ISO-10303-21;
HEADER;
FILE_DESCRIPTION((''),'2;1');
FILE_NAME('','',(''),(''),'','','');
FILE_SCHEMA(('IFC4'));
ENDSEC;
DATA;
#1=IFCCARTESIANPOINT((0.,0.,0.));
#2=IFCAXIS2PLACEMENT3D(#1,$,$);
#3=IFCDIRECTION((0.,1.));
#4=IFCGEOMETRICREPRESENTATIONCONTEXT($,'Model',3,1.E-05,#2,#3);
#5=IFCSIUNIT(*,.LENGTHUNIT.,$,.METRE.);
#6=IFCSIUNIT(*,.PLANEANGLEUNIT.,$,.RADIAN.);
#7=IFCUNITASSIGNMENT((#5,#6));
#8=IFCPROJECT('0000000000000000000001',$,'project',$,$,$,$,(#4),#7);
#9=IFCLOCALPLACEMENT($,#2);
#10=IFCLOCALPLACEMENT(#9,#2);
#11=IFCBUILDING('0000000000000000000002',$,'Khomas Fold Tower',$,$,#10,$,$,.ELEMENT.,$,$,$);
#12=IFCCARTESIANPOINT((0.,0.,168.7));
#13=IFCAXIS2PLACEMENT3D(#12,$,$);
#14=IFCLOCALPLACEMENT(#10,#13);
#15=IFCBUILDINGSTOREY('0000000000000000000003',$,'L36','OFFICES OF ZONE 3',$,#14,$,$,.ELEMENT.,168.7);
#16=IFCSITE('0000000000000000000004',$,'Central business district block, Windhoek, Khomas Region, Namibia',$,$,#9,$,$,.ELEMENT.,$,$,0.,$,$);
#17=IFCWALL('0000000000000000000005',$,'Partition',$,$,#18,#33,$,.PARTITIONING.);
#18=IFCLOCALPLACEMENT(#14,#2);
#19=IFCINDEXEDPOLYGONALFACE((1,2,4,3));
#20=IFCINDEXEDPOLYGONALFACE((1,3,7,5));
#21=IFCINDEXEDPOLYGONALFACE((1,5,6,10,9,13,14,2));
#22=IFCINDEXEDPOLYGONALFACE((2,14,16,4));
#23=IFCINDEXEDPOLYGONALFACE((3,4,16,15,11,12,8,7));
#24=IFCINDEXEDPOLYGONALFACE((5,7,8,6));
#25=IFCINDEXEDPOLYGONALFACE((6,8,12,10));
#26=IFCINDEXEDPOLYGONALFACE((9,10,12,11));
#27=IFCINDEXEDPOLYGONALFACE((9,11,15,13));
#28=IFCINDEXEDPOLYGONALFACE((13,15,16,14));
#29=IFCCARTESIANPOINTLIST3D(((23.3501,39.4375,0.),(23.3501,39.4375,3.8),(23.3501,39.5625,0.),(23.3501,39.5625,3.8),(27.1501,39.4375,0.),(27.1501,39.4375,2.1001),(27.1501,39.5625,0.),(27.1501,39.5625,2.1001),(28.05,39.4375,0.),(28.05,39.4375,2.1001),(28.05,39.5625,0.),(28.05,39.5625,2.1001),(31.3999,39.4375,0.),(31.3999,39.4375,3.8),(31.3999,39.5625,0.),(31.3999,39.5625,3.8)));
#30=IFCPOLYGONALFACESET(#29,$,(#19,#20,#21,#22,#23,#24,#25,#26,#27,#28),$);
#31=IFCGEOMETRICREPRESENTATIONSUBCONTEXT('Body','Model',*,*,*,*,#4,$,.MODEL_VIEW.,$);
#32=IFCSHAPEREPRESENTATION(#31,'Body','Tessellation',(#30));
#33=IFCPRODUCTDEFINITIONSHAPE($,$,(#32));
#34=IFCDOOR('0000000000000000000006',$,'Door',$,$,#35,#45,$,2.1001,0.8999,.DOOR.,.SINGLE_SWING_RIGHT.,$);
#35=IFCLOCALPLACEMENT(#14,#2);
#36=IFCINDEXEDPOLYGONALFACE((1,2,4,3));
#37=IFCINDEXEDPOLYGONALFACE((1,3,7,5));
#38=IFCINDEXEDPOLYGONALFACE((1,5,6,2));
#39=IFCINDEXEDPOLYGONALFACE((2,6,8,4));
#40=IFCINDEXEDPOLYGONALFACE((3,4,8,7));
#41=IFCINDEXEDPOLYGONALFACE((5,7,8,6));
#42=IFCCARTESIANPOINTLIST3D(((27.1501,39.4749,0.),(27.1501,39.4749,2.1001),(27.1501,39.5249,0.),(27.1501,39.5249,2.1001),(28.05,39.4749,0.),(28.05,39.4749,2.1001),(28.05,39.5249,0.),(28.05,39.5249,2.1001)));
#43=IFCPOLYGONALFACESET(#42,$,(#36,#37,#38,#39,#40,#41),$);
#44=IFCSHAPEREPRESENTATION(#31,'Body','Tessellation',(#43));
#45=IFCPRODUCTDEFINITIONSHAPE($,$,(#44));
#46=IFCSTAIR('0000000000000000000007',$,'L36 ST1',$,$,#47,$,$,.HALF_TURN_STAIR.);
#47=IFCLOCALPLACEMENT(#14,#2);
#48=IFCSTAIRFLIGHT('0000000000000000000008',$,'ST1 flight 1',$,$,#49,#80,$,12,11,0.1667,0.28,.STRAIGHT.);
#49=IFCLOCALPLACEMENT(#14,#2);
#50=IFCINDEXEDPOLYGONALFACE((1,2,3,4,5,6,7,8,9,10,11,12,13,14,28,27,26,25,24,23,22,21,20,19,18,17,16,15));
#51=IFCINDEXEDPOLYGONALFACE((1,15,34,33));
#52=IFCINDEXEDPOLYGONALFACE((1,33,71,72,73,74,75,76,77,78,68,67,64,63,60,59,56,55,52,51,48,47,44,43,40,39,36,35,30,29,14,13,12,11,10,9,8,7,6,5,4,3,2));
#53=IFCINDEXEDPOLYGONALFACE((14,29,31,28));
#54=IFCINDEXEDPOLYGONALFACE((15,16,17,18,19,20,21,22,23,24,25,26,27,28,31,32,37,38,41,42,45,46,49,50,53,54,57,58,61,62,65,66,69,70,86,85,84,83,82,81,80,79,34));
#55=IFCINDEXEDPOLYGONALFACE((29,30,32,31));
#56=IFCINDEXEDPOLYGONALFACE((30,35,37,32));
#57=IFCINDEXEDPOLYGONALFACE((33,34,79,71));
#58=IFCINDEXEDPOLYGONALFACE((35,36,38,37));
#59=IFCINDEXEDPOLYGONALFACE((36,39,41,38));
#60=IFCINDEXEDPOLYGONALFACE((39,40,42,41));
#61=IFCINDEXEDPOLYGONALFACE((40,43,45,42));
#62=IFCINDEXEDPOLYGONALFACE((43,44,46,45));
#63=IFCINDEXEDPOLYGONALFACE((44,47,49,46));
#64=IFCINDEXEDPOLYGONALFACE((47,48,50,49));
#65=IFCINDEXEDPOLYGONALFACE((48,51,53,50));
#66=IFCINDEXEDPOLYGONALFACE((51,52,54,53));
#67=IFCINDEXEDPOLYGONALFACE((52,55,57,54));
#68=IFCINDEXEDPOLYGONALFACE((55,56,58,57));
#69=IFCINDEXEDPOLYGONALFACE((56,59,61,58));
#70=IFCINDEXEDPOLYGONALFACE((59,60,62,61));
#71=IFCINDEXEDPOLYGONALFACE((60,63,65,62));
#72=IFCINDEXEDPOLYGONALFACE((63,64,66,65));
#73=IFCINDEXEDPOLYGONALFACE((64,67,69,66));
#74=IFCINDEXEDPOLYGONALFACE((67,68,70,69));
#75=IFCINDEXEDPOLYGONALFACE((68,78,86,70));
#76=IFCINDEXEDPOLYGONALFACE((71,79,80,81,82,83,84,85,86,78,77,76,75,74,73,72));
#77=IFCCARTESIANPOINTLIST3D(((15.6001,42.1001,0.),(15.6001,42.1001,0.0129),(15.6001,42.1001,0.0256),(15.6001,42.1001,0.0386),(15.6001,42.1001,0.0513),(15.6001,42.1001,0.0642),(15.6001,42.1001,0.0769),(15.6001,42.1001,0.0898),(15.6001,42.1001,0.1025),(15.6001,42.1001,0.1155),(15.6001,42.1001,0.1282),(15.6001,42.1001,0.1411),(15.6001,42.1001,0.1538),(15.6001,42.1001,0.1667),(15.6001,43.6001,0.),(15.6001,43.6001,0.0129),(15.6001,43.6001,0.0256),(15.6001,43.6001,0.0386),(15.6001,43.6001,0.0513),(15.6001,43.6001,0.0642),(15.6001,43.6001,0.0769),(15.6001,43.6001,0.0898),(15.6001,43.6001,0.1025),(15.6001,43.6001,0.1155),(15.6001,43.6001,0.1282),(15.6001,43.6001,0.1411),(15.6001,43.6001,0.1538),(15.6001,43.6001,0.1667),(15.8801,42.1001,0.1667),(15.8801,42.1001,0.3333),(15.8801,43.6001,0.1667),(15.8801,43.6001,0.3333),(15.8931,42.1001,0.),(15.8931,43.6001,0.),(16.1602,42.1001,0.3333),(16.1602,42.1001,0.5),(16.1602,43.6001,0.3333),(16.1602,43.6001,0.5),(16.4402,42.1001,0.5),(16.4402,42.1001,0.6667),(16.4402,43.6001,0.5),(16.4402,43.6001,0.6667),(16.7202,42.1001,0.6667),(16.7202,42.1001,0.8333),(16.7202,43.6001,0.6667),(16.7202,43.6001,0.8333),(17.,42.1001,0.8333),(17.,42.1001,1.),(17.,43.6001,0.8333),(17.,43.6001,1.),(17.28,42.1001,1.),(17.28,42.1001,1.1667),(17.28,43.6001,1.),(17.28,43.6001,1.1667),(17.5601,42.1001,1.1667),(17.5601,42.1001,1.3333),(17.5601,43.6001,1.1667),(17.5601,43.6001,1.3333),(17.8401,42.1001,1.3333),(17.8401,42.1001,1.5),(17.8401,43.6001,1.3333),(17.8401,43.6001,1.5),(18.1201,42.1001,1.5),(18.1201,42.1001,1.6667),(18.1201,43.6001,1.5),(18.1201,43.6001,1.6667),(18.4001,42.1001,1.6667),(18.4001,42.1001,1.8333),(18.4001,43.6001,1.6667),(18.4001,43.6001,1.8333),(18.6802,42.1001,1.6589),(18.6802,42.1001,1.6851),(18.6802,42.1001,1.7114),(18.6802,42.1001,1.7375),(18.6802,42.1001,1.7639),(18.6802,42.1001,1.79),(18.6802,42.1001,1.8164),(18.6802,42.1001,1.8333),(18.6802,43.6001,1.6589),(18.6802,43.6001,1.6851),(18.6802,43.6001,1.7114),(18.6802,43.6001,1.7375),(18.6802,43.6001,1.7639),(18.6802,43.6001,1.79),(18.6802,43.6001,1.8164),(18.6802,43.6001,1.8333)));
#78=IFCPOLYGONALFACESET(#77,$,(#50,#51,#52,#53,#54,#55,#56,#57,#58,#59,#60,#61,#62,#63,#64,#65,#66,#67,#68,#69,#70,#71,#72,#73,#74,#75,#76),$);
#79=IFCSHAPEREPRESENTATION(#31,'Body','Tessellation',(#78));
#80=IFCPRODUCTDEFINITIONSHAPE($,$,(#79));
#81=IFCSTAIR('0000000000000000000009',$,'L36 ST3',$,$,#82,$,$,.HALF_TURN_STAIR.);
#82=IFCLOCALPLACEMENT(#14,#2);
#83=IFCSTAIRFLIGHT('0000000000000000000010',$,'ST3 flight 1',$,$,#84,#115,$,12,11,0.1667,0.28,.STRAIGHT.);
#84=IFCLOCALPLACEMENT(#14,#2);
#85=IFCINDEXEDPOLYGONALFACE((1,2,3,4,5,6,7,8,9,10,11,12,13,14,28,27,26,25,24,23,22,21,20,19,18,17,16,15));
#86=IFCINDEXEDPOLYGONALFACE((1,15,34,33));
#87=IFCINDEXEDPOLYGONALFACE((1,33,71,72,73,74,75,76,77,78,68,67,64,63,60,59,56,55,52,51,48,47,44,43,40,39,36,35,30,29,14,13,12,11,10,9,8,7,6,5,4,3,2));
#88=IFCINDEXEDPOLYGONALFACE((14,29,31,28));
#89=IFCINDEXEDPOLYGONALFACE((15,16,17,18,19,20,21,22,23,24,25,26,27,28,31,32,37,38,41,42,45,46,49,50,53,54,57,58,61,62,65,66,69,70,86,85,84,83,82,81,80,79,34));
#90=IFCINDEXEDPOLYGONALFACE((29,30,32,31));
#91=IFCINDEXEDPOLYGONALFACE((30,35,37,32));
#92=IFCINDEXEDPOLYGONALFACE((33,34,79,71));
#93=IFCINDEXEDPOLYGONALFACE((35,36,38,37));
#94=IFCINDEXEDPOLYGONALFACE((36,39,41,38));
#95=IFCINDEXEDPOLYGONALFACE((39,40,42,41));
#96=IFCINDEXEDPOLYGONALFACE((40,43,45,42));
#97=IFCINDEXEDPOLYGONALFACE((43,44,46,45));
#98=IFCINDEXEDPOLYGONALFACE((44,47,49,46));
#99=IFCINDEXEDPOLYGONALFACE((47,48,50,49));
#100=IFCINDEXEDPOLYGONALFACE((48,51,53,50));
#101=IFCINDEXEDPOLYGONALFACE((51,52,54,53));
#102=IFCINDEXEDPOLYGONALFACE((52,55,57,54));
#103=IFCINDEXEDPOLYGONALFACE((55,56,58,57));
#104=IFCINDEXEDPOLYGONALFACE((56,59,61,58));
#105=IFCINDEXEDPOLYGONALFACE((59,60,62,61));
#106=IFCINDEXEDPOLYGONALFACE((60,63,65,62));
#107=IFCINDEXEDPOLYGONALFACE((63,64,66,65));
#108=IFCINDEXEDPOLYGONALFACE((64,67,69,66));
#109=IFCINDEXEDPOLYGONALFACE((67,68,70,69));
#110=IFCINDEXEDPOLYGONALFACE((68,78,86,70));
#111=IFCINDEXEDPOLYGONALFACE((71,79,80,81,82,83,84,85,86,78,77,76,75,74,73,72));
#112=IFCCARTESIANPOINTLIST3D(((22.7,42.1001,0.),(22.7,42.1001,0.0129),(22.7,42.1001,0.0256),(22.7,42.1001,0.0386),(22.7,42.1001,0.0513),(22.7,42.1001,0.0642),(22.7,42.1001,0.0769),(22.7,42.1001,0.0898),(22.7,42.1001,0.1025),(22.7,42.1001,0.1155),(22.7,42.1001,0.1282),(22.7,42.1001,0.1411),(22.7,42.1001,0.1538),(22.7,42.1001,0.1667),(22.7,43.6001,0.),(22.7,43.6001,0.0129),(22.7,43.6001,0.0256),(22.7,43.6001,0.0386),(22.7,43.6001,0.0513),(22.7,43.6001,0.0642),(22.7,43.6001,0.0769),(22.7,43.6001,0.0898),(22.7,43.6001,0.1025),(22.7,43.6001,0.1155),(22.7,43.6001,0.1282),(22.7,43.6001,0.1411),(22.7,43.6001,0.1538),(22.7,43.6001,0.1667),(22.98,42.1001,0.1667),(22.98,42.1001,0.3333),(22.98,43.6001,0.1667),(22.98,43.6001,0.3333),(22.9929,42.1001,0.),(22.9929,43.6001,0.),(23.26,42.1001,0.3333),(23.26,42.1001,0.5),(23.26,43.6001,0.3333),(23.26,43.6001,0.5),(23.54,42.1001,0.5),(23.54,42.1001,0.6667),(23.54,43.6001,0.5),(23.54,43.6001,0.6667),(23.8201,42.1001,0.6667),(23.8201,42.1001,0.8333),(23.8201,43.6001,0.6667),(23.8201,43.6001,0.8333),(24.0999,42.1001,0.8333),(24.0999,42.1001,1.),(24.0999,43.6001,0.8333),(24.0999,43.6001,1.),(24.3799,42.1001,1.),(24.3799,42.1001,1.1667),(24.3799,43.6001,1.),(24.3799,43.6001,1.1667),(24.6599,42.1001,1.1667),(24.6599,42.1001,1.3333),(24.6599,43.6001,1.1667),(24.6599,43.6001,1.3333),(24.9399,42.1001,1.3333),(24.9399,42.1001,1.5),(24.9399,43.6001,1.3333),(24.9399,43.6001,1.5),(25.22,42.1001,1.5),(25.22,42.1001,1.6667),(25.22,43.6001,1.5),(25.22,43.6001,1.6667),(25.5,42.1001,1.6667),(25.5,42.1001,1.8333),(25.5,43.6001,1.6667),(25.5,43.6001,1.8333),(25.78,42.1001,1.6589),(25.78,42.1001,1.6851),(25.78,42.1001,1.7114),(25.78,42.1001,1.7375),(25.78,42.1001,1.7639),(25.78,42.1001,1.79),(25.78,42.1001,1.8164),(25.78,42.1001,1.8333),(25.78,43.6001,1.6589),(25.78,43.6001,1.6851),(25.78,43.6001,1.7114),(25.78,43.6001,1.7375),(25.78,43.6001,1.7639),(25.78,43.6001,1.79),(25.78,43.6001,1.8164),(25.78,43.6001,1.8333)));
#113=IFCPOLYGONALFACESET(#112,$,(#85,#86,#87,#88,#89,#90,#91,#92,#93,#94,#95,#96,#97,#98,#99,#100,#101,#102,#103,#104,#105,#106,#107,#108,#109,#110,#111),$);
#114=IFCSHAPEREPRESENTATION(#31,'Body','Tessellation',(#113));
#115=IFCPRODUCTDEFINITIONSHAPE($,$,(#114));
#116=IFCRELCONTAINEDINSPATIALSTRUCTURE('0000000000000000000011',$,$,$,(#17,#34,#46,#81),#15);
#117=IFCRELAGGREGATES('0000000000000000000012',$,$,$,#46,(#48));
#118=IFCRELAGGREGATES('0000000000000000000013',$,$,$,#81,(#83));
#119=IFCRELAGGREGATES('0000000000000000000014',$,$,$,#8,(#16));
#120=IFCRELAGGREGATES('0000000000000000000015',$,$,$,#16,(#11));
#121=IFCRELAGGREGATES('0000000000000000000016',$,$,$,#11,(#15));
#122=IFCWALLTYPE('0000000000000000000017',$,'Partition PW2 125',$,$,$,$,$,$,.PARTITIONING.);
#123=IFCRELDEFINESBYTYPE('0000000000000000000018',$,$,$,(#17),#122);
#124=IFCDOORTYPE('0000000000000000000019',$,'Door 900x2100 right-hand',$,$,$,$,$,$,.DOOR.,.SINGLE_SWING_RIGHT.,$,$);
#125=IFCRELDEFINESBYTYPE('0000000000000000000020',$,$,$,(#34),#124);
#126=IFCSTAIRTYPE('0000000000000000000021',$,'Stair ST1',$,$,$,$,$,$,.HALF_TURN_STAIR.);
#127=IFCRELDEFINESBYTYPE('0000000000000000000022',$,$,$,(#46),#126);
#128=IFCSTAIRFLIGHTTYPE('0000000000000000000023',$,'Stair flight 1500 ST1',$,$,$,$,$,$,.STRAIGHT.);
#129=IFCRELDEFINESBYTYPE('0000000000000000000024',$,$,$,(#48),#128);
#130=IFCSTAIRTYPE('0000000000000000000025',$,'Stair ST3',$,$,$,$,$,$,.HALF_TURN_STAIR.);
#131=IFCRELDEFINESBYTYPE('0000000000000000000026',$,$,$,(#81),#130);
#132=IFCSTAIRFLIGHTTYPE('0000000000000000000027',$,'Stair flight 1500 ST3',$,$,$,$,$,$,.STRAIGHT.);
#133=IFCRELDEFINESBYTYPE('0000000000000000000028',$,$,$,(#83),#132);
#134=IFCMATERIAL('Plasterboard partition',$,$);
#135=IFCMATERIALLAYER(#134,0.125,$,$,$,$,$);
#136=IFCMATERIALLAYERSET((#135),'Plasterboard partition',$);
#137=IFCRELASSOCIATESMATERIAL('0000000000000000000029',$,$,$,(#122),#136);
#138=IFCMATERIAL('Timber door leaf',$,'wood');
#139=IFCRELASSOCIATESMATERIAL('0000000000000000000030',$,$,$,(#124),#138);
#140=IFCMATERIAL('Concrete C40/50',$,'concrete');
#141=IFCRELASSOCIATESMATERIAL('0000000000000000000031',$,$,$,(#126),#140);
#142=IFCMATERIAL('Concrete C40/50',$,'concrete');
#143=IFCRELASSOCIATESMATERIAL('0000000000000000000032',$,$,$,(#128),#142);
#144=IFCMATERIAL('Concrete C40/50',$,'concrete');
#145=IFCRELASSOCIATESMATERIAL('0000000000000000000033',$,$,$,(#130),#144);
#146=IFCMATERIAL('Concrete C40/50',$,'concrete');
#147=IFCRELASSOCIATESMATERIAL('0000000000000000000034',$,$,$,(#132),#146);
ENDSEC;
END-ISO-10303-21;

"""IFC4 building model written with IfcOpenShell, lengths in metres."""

from ifc_helpers import new_model, si_unit, direction, frame, frame_2d, origin, place, context, subcontext, project, spatial, polyline, rectangle, outline, extrude, source, transform, mapped, material, layer, layer_set, type_object, element, fill, aggregate, save


model = new_model("IFC4")

# Units and contexts
model_context = context("Model", 3, precision=1e-05, world=origin(), true_north=direction((0.0, 1.0)))
body_context = subcontext(model_context, "Body", "Model", "MODEL_VIEW")
ifc_project = project(units=[si_unit("LENGTHUNIT", "METRE"), si_unit("PLANEANGLEUNIT", "RADIAN")], contexts=[model_context])

# Site, building, storey
site_placement = place(None, origin())
site = spatial("IfcSite", under=ifc_project, at=site_placement, Name="Central business district block, Windhoek, Khomas Region, Namibia", CompositionType="ELEMENT", RefElevation=0.0)
building_placement = place(site_placement, origin())
building = spatial("IfcBuilding", under=site, at=building_placement, Name="Khomas Fold Tower", CompositionType="ELEMENT")
storey_placement = place(building_placement, frame((0.0, 0.0, 168.7)))
storey = spatial("IfcBuildingStorey", under=building, at=storey_placement, Name="L36", Description="OFFICES OF ZONE 3", CompositionType="ELEMENT", Elevation=168.7)

# Shared definitions
ifc_material_1 = material(Name="Plasterboard partition")
ifc_layer_1 = layer(ifc_material_1, 0.125)
ifc_layer_set_1 = layer_set([ifc_layer_1], Name="Plasterboard partition")
wall_type_1 = type_object("IfcWallType", Name="Partition PW2 125", PredefinedType="PARTITIONING", material=ifc_layer_set_1)
shared_shape_1 = source(origin(), body_context, "Body", "SweptSolid", [
    extrude(rectangle(XDim=8.0498, YDim=0.125, at=frame_2d((4.0249, 0.0))), origin(), (0.0, 0.0, 1.0), 3.8),
])

# Wall, opening, door
wall_1_placement = place(storey_placement, frame((23.3501, 39.5, 0.0), z_axis=(0.0, 0.0, 1.0), x_axis=(1.0, 0.0, 0.0)))
wall_1 = element("IfcWall", 1, at=wall_1_placement, inside=storey, type_object=wall_type_1, Name="Partition", PredefinedType="PARTITIONING", context=body_context, shape_type="MappedRepresentation", body=[
    mapped(shared_shape_1, transform((0.0, 0.0, 0.0))),
])
shared_shape_2 = source(origin(), body_context, "Body", "SweptSolid", [
    extrude(rectangle(XDim=0.8999, YDim=2.1001, at=frame_2d((0.45, 1.05))), frame((0.0, 0.0725, 0.0), z_axis=(0.0, -1.0, 0.0), x_axis=(1.0, 0.0, 0.0)), (0.0, 0.0, 1.0), 0.145),
])
opening_placement = place(wall_1_placement, frame((3.8, 0.0, 0.0)))
opening = element("IfcOpeningElement", 2, at=opening_placement, cuts=wall_1, PredefinedType="OPENING", context=body_context, shape_type="MappedRepresentation", body=[
    mapped(shared_shape_2, transform((0.0, 0.0, 0.0))),
])
ifc_material_2 = material(Name="Timber door leaf", Category="wood")
door_type = type_object("IfcDoorType", Name="Door 900x2100 right-hand", OperationType="SINGLE_SWING_RIGHT", PredefinedType="DOOR", material=ifc_material_2)
shared_shape_3 = source(origin(), body_context, "Body", "SweptSolid", [
    extrude(rectangle(XDim=0.8999, YDim=2.1001, at=frame_2d((0.45, 1.05))), frame((0.0, 0.0249, 0.0), z_axis=(0.0, -1.0, 0.0), x_axis=(1.0, 0.0, 0.0)), (0.0, 0.0, 1.0), 0.05),
])
door_placement = place(opening_placement, origin())
door = element("IfcDoor", 3, at=door_placement, inside=storey, type_object=door_type, Name="Door", OperationType="SINGLE_SWING_RIGHT", OverallHeight=2.1001, OverallWidth=0.8999, PredefinedType="DOOR", context=body_context, shape_type="MappedRepresentation", body=[
    mapped(shared_shape_3, transform((0.0, 0.0, 0.0))),
])
fill(opening, door)

# Stairs, stair flights
ifc_material_3 = material(Name="Concrete C40/50", Category="concrete")
stair_type_1 = type_object("IfcStairType", Name="Stair ST1", PredefinedType="HALF_TURN_STAIR", material=ifc_material_3)
stair_1_placement = place(storey_placement, origin())
stair_1 = element("IfcStair", 4, at=stair_1_placement, inside=storey, type_object=stair_type_1, Name="L36 ST1", PredefinedType="HALF_TURN_STAIR")
ifc_material_4 = material(Name="Concrete C40/50", Category="concrete")
stair_flight_type_1 = type_object("IfcStairFlightType", Name="Stair flight 1500 ST1", PredefinedType="STRAIGHT", material=ifc_material_4)
shared_shape_4 = source(origin(), body_context, "Body", "SweptSolid", [
    extrude(outline(polyline([(0.0, 0.0), (0.0, 0.0129), (0.0, 0.0256), (0.0, 0.0386), (0.0, 0.0513), (0.0, 0.0642), (0.0, 0.0769), (0.0, 0.0898), (0.0, 0.1025), (0.0, 0.1155), (0.0, 0.1282), (0.0, 0.1411), (0.0, 0.1538), (0.0, 0.1667), (0.28, 0.1667), (0.28, 0.3333), (0.5601, 0.3333), (0.5601, 0.5), (0.8401, 0.5), (0.8401, 0.6667), (1.1201, 0.6667), (1.1201, 0.8333), (1.3999, 0.8333), (1.3999, 1.0), (1.6799, 1.0), (1.6799, 1.1667), (1.96, 1.1667), (1.96, 1.3333), (2.24, 1.3333), (2.24, 1.5), (2.52, 1.5), (2.52, 1.6667), (2.8, 1.6667), (2.8, 1.8333), (3.0801, 1.8333), (3.0801, 2.0), (3.0801, 1.9739), (3.0801, 1.9475), (3.0801, 1.9214), (3.0801, 1.895), (3.0801, 1.8689), (3.0801, 1.8425), (3.0801, 1.8164), (3.0801, 1.79), (3.0801, 1.7639), (3.0801, 1.7375), (3.0801, 1.7114), (3.0801, 1.6851), (3.0801, 1.6589), (0.293, 0.0), (0.0, 0.0)])), frame((0.0, 0.75, 0.0), z_axis=(0.0, -1.0, 0.0), x_axis=(1.0, 0.0, 0.0)), (0.0, 0.0, 1.0), 1.5),
])
stair_flight_1_placement = place(storey_placement, frame((15.6001, 42.8501, 0.0), z_axis=(0.0, 0.0, 1.0), x_axis=(1.0, 0.0, 0.0)))
stair_flight_1 = element("IfcStairFlight", 5, at=stair_flight_1_placement, type_object=stair_flight_type_1, Name="ST1 flight 1", NumberOfRisers=12, NumberOfTreads=11, PredefinedType="STRAIGHT", RiserHeight=0.1667, TreadLength=0.28, context=body_context, shape_type="MappedRepresentation", body=[
    mapped(shared_shape_4, transform((0.0, 0.0, 0.0))),
])
aggregate(stair_1, [stair_flight_1])
ifc_material_5 = material(Name="Concrete C40/50", Category="concrete")
stair_type_2 = type_object("IfcStairType", Name="Stair ST3", PredefinedType="HALF_TURN_STAIR", material=ifc_material_5)
stair_2_placement = place(storey_placement, origin())
stair_2 = element("IfcStair", 6, at=stair_2_placement, inside=storey, type_object=stair_type_2, Name="L36 ST3", PredefinedType="HALF_TURN_STAIR")
ifc_material_6 = material(Name="Concrete C40/50", Category="concrete")
stair_flight_type_2 = type_object("IfcStairFlightType", Name="Stair flight 1500 ST3", PredefinedType="STRAIGHT", material=ifc_material_6)
stair_flight_2_placement = place(storey_placement, frame((22.7, 42.8501, 0.0), z_axis=(0.0, 0.0, 1.0), x_axis=(1.0, 0.0, 0.0)))
stair_flight_2 = element("IfcStairFlight", 7, at=stair_flight_2_placement, type_object=stair_flight_type_2, Name="ST3 flight 1", NumberOfRisers=12, NumberOfTreads=11, PredefinedType="STRAIGHT", RiserHeight=0.1667, TreadLength=0.28, context=body_context, shape_type="MappedRepresentation", body=[
    mapped(shared_shape_4, transform((0.0, 0.0, 0.0))),
])
aggregate(stair_2, [stair_flight_2])

save(model, "model.ifc")
